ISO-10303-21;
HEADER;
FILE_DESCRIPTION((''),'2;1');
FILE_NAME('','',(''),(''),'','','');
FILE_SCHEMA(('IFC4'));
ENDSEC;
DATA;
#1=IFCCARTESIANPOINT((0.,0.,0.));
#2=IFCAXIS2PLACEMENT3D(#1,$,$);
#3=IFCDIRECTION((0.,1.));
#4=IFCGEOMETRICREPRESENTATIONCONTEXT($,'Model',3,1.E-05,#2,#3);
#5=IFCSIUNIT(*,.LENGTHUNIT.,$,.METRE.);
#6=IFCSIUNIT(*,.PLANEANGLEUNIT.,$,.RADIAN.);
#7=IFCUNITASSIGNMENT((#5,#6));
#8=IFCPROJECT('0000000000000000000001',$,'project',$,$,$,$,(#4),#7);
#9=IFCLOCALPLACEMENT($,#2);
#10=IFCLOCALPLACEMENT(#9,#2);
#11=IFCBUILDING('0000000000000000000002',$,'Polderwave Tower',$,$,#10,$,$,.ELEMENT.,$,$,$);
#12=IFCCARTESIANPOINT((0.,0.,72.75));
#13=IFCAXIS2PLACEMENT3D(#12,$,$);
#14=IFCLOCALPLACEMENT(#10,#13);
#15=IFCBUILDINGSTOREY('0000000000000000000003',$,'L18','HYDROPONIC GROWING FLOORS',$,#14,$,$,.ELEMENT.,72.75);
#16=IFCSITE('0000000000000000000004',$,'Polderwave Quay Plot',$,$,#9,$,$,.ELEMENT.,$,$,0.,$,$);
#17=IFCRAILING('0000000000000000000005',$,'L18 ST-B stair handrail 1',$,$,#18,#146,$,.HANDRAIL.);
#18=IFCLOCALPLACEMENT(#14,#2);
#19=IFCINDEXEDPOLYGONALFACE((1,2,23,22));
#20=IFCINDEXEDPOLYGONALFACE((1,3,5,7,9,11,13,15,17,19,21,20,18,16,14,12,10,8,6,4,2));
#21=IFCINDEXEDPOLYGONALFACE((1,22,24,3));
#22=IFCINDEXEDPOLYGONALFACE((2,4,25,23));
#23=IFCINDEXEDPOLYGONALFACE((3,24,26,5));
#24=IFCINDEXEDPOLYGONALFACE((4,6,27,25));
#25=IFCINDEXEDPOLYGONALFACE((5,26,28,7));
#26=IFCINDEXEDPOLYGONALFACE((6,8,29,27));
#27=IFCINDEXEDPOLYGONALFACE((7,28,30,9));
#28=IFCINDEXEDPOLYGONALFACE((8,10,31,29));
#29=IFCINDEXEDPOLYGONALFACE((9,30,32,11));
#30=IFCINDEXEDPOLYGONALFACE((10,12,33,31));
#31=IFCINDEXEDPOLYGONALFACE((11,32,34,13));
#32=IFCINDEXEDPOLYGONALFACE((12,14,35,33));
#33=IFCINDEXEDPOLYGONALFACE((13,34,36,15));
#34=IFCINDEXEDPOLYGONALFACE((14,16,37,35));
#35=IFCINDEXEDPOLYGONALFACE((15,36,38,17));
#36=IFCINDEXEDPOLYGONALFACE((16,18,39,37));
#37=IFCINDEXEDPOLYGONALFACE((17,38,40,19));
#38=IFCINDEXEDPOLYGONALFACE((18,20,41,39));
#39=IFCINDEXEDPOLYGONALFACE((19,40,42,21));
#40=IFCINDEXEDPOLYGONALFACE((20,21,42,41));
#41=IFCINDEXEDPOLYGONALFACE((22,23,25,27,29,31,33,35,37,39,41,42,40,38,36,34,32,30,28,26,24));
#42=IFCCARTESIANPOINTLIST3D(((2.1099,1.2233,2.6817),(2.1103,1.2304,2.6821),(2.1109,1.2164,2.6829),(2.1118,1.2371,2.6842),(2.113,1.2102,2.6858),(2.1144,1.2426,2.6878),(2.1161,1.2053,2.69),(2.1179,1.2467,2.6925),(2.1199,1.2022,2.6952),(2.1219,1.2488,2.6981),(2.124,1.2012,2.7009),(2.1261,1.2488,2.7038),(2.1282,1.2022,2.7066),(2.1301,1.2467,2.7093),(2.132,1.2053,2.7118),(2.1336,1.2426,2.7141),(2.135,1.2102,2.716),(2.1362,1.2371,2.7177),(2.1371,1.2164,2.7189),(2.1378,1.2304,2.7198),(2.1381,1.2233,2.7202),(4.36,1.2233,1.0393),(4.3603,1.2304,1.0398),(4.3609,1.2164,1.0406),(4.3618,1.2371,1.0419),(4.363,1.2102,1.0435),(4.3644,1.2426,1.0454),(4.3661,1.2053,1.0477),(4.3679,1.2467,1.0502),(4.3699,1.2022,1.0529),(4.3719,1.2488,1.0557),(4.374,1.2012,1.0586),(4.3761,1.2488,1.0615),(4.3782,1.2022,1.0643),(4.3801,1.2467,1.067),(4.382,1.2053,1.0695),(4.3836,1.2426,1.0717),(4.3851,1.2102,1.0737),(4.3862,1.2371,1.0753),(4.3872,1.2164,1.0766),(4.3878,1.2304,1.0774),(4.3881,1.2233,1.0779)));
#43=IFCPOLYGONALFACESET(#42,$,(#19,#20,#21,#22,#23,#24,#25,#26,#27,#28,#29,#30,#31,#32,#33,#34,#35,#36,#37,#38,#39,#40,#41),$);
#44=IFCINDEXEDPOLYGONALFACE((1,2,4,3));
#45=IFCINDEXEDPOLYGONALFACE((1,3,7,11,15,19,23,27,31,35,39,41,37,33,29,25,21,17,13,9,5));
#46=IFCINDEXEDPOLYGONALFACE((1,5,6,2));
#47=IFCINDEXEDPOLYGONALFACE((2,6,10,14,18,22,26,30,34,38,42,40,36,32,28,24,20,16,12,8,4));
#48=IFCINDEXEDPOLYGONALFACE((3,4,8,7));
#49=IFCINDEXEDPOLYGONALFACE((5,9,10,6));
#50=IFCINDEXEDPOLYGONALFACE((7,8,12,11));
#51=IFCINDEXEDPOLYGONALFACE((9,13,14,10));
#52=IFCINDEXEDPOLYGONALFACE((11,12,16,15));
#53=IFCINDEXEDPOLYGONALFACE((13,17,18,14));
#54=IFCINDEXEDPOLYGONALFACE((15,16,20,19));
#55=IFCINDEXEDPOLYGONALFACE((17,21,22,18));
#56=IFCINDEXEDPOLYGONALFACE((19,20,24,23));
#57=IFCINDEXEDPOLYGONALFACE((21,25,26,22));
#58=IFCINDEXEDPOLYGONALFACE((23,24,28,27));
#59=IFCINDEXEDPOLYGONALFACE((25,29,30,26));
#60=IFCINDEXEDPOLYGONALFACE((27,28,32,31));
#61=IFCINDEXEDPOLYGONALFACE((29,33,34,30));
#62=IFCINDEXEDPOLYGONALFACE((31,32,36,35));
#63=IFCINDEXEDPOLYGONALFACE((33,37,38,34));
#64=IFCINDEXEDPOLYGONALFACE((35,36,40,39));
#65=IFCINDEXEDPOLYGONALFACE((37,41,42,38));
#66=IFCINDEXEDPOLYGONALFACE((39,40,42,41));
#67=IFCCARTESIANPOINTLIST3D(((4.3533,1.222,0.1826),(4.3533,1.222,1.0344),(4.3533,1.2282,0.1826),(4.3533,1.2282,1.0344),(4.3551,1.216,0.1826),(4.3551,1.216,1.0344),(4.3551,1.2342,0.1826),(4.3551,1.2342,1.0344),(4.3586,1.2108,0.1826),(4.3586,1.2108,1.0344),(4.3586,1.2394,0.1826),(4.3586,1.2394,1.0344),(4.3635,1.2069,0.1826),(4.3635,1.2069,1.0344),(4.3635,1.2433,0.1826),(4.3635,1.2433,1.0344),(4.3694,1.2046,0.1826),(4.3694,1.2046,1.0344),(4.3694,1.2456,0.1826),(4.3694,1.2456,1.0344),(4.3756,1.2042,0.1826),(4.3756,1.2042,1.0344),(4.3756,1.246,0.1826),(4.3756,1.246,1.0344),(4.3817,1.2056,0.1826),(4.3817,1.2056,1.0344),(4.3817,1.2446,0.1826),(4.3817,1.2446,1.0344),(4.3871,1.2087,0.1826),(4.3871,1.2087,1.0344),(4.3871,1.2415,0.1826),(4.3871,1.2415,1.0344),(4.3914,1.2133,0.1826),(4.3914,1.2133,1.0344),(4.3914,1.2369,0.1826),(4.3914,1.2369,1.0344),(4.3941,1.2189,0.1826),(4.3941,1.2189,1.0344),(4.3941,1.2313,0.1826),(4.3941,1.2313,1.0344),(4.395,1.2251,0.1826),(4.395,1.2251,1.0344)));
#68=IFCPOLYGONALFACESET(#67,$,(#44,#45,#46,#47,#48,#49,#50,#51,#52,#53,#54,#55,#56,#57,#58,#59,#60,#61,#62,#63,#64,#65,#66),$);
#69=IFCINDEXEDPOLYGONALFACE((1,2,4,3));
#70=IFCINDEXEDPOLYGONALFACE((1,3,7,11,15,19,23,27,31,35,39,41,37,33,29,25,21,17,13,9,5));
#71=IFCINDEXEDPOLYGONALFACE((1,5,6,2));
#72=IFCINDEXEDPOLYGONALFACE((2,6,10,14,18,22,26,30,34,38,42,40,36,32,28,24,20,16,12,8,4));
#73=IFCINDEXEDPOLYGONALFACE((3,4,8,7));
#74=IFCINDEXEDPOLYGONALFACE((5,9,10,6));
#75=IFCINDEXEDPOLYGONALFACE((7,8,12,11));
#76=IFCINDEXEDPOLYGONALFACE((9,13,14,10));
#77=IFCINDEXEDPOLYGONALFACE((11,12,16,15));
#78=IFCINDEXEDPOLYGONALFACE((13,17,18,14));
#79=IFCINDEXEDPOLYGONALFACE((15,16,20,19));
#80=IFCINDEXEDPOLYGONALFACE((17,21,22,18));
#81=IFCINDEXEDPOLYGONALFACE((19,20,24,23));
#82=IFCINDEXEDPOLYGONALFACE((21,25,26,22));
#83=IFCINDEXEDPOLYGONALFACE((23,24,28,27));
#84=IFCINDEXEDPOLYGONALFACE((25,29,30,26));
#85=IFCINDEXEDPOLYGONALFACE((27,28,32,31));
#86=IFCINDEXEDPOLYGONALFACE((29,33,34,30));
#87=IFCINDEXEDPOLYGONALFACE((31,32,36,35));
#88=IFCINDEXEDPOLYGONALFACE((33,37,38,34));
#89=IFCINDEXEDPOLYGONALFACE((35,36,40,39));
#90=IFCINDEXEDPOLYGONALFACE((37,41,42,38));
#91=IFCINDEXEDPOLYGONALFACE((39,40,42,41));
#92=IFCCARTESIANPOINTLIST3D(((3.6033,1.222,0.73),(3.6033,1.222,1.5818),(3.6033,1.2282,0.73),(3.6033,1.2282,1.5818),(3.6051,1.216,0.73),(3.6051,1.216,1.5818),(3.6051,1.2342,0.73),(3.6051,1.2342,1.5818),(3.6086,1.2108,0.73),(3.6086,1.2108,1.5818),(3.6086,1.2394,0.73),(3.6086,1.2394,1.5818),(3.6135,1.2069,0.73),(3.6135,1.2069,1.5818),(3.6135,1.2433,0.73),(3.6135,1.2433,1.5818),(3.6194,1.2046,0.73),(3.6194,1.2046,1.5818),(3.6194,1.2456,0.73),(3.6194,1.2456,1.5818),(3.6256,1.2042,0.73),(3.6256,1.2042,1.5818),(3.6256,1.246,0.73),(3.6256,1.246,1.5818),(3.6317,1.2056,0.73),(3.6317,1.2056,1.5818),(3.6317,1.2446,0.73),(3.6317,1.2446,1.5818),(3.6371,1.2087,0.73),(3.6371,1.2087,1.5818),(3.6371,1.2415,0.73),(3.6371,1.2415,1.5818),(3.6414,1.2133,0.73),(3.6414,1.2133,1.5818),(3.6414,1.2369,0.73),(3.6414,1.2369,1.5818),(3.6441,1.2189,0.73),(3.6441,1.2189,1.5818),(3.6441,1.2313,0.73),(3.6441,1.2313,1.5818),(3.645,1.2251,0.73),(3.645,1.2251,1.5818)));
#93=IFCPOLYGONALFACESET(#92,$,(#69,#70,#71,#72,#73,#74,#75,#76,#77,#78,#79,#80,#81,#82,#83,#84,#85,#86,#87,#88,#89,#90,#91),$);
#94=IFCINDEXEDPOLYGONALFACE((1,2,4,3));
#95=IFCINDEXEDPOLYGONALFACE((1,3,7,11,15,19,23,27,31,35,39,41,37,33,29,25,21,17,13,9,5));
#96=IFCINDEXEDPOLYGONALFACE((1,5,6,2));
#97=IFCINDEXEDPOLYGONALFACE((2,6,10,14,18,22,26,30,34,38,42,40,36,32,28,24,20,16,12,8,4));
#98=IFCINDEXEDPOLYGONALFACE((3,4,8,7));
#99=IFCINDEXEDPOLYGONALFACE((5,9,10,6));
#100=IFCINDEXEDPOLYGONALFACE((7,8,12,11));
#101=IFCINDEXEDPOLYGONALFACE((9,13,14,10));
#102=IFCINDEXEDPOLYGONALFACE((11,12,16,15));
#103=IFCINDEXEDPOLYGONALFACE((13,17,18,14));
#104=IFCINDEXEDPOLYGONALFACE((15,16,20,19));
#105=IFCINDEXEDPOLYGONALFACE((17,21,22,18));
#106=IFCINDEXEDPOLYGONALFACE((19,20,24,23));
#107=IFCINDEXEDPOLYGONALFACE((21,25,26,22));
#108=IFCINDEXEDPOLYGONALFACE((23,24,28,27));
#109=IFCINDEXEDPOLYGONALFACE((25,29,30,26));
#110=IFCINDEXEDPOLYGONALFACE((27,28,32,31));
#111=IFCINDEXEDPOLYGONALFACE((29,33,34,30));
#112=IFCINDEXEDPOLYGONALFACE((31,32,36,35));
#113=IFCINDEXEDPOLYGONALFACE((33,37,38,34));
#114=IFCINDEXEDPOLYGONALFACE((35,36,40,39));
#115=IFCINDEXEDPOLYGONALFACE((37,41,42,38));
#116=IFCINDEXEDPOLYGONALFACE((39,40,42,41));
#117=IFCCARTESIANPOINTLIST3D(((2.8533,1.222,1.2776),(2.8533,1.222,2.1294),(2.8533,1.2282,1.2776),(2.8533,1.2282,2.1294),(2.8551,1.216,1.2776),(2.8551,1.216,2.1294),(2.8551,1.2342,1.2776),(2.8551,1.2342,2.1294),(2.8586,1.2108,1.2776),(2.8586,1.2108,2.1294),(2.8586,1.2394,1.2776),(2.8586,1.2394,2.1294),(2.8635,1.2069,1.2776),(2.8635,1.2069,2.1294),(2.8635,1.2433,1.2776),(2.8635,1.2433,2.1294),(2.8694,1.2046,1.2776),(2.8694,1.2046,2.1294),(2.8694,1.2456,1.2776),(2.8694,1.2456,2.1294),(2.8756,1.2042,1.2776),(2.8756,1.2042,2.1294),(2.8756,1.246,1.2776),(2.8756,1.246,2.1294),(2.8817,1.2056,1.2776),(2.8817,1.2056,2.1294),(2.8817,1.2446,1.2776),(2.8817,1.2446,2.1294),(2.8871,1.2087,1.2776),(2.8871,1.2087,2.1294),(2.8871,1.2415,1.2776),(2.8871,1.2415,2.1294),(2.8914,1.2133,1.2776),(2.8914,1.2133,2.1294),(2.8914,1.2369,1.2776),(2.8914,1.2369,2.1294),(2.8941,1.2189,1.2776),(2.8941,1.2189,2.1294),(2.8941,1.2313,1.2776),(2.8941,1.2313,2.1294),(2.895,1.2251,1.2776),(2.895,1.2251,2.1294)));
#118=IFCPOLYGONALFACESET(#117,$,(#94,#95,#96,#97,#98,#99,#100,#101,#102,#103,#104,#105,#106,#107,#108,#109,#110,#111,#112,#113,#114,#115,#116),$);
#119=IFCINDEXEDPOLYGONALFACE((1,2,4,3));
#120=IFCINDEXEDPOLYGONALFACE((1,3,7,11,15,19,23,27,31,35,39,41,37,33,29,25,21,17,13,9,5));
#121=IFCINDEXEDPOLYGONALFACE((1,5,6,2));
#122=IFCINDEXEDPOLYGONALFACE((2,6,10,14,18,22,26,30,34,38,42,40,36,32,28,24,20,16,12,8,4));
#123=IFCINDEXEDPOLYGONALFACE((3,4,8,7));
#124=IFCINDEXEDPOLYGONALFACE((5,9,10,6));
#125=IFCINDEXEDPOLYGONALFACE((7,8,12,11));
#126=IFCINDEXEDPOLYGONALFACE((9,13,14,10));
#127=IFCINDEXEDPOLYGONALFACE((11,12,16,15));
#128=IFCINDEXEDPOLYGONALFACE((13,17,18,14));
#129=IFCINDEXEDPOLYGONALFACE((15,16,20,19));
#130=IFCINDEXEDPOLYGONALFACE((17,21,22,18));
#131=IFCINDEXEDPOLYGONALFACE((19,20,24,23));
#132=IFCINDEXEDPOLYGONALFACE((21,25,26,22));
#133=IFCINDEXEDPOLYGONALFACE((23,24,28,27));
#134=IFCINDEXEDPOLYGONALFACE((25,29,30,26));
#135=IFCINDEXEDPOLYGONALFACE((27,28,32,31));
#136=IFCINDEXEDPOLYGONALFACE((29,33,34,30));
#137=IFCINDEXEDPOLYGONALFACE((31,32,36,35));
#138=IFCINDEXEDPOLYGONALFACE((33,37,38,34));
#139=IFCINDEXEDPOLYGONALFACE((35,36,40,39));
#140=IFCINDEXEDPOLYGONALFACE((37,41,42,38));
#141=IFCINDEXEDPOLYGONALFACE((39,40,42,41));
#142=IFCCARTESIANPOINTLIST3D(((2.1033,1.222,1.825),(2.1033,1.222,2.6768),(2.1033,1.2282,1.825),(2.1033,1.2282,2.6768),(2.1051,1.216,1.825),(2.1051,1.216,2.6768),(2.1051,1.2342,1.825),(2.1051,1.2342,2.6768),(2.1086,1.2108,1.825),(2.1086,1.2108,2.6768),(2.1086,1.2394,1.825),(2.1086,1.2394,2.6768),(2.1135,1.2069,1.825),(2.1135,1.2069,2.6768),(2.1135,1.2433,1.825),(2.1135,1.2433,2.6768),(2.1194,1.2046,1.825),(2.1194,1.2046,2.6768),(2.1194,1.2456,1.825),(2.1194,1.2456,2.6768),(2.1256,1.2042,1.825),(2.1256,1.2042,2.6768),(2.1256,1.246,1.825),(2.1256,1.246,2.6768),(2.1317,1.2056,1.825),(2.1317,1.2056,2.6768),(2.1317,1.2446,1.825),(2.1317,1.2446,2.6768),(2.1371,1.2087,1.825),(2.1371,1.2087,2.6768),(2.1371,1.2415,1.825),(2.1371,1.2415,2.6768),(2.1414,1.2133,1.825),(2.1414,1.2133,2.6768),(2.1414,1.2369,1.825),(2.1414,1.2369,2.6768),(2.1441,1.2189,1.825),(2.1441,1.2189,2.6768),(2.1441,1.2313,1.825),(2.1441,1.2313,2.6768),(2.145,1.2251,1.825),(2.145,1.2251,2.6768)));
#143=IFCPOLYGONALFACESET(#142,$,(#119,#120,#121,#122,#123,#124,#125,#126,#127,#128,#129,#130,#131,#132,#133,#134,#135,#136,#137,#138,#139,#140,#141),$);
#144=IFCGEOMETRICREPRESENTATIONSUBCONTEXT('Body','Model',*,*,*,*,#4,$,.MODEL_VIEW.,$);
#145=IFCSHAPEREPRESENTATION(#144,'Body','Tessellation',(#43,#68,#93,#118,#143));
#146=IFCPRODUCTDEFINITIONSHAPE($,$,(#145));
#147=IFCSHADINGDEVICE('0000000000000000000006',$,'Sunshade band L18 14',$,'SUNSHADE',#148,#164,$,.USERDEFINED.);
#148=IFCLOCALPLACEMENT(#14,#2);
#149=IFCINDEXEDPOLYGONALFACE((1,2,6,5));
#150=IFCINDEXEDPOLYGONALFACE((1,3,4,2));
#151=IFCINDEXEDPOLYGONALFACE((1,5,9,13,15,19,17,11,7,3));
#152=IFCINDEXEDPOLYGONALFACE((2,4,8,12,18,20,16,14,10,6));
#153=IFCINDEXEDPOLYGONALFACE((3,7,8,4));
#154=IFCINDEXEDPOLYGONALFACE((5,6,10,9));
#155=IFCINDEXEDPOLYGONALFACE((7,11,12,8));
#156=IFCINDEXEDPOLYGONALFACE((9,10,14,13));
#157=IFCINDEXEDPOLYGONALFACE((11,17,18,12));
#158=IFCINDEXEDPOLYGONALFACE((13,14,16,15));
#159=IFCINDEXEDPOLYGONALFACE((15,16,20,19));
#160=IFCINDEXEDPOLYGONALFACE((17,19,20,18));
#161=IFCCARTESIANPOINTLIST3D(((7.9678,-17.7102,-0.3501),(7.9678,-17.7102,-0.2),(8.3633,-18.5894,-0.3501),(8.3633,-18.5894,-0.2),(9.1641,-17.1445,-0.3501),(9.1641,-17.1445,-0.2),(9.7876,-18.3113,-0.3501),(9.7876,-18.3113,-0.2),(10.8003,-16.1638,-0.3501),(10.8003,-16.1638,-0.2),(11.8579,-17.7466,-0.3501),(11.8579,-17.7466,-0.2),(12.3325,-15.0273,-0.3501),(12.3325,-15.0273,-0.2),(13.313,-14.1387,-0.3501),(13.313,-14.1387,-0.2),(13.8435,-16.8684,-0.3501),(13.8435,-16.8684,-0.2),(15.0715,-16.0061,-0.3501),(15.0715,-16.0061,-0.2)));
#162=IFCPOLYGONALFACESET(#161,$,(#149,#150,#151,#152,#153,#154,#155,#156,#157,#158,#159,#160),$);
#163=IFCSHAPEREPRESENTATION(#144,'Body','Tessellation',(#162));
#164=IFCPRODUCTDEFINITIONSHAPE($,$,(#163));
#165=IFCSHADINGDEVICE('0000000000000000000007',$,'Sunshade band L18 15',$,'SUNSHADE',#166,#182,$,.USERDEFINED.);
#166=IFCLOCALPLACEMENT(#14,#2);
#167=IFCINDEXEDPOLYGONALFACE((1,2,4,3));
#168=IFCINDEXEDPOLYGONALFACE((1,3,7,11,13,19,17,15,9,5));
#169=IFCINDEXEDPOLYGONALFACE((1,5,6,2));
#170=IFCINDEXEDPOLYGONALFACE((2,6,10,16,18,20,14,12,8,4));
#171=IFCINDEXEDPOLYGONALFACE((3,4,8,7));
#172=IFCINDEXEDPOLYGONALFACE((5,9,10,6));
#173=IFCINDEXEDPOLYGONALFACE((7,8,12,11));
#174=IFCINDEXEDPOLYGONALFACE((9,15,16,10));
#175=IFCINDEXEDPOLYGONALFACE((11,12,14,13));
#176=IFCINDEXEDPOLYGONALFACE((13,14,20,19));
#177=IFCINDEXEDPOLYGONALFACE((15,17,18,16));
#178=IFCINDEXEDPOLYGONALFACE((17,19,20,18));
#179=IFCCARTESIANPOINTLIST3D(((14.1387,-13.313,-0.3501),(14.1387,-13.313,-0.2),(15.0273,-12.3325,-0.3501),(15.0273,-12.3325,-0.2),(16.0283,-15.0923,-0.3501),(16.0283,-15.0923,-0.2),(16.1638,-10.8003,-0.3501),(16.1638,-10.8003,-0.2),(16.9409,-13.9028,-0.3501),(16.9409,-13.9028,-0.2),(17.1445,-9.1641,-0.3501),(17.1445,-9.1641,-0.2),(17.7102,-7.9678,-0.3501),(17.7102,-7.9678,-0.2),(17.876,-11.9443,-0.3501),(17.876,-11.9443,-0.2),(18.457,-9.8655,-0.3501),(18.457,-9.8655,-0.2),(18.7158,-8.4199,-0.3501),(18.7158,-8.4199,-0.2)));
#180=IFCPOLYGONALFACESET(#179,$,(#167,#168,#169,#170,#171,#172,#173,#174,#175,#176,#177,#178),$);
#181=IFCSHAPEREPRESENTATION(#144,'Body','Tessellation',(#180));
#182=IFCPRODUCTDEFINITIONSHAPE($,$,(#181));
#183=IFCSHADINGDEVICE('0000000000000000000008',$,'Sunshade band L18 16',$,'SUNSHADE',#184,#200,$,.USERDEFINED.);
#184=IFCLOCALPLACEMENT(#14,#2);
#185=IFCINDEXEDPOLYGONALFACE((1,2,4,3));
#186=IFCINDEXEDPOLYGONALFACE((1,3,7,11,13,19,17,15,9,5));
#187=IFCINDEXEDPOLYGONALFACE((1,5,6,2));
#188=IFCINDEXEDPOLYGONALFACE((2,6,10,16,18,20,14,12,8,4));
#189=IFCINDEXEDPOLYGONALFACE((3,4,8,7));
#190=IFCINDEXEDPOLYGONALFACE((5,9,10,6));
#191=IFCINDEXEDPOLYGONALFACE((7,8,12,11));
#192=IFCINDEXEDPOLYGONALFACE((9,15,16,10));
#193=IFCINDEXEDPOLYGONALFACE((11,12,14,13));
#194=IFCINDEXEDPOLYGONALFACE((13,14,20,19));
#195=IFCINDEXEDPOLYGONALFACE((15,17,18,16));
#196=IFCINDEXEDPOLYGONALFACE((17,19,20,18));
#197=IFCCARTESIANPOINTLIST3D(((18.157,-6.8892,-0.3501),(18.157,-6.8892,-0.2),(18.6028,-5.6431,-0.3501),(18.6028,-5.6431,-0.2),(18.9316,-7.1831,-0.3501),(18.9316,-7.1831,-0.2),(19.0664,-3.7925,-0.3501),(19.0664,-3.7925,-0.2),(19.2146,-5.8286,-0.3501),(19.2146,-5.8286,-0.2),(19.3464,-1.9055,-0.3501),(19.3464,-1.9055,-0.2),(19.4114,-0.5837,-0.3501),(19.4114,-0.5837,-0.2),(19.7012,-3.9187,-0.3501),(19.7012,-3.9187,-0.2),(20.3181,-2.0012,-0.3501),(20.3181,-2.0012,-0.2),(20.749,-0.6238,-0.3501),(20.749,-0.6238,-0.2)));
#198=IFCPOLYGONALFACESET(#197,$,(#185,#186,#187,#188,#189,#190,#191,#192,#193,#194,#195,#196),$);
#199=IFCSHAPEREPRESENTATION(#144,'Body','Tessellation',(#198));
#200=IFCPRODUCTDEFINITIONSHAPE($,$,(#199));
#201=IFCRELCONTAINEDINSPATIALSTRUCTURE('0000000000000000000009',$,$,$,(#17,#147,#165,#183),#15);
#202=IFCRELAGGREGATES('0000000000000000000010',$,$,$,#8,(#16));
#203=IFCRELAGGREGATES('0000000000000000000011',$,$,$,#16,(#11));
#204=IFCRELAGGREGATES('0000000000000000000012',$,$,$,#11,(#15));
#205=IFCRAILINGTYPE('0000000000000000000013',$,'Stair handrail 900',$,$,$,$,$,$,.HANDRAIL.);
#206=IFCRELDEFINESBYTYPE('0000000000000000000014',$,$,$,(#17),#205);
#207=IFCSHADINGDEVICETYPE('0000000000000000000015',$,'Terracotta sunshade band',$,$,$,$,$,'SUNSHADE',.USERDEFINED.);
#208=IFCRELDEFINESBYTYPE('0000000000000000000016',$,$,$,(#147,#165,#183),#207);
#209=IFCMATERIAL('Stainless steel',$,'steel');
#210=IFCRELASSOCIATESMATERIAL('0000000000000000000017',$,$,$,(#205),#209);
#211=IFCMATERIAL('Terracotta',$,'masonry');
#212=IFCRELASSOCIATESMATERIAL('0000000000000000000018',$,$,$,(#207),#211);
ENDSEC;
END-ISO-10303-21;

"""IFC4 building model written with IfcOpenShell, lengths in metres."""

from ifc_helpers import new_model, si_unit, direction, frame, origin, origin_2d, place, context, subcontext, project, spatial, polyline, circle, outline, extrude, material, type_object, element, save


model = new_model("IFC4")

# Units and contexts
model_context = context("Model", 3, precision=1e-05, world=origin(), true_north=direction((0.0, 1.0)))
body_context = subcontext(model_context, "Body", "Model", "MODEL_VIEW")
ifc_project = project(units=[si_unit("LENGTHUNIT", "METRE"), si_unit("PLANEANGLEUNIT", "RADIAN")], contexts=[model_context])

# Site, building, storey
site_placement = place(None, origin())
site = spatial("IfcSite", under=ifc_project, at=site_placement, Name="Polderwave Quay Plot", CompositionType="ELEMENT", RefElevation=0.0)
building_placement = place(site_placement, origin())
building = spatial("IfcBuilding", under=site, at=building_placement, Name="Polderwave Tower", CompositionType="ELEMENT")
storey_placement = place(building_placement, frame((0.0, 0.0, 72.75)))
storey = spatial("IfcBuildingStorey", under=building, at=storey_placement, Name="L18", Description="HYDROPONIC GROWING FLOORS", CompositionType="ELEMENT", Elevation=72.75)

# Railing
ifc_material_1 = material(Name="Stainless steel", Category="steel")
railing_type_1 = type_object("IfcRailingType", Name="Stair handrail 900", PredefinedType="HANDRAIL", material=ifc_material_1)
railing_1_placement = place(storey_placement, frame((4.374, 1.2251, 0.1826)))
element("IfcRailing", 1, at=railing_1_placement, inside=storey, type_object=railing_type_1, Name="L18 ST-B stair handrail 1", PredefinedType="HANDRAIL", context=body_context, shape_type="SweptSolid", body=[
    extrude(circle(Radius=0.0239, at=origin_2d()), frame((0.0, 0.0, 0.876), z_axis=(-0.807715, 0.0, 0.589573), x_axis=(0.0, -1.0, 0.0)), (0.0, 0.0, 1.0), 2.7856),
    extrude(circle(Radius=0.021, at=origin_2d()), origin(), (0.0, 0.0, 1.0), 0.8518),
    extrude(circle(Radius=0.021, at=origin_2d()), frame((-0.75, 0.0, 0.5474)), (0.0, 0.0, 1.0), 0.8518),
    extrude(circle(Radius=0.021, at=origin_2d()), frame((-1.5, 0.0, 1.095)), (0.0, 0.0, 1.0), 0.8518),
    extrude(circle(Radius=0.021, at=origin_2d()), frame((-2.25, 0.0, 1.6423)), (0.0, 0.0, 1.0), 0.8518),
])

# Shading devices
ifc_material_2 = material(Name="Terracotta", Category="masonry")
shading_device_type = type_object("IfcShadingDeviceType", Name="Terracotta sunshade band", ElementType="SUNSHADE", PredefinedType="USERDEFINED", material=ifc_material_2)
shading_device_1_placement = place(storey_placement, frame((0.0, 0.0, -0.3501)))
element("IfcShadingDevice", 2, at=shading_device_1_placement, inside=storey, type_object=shading_device_type, Name="Sunshade band L18 14", ObjectType="SUNSHADE", PredefinedType="USERDEFINED", context=body_context, shape_type="SweptSolid", body=[
    extrude(outline(polyline([(7.9678, -17.7102), (9.1641, -17.1445), (10.8003, -16.1638), (12.3325, -15.0273), (13.313, -14.1387), (15.0715, -16.0061), (13.8435, -16.8684), (11.8579, -17.7466), (9.7876, -18.3113), (8.3633, -18.5894), (7.9678, -17.7102)])), origin(), (0.0, 0.0, 1.0), 0.1501),
])
shading_device_2_placement = place(storey_placement, frame((0.0, 0.0, -0.3501)))
element("IfcShadingDevice", 3, at=shading_device_2_placement, inside=storey, type_object=shading_device_type, Name="Sunshade band L18 15", ObjectType="SUNSHADE", PredefinedType="USERDEFINED", context=body_context, shape_type="SweptSolid", body=[
    extrude(outline(polyline([(14.1387, -13.313), (15.0273, -12.3325), (16.1638, -10.8003), (17.1445, -9.1641), (17.7102, -7.9678), (18.7158, -8.4199), (18.457, -9.8655), (17.876, -11.9443), (16.9409, -13.9028), (16.0283, -15.0923), (14.1387, -13.313)])), origin(), (0.0, 0.0, 1.0), 0.1501),
])
shading_device_3_placement = place(storey_placement, frame((0.0, 0.0, -0.3501)))
element("IfcShadingDevice", 4, at=shading_device_3_placement, inside=storey, type_object=shading_device_type, Name="Sunshade band L18 16", ObjectType="SUNSHADE", PredefinedType="USERDEFINED", context=body_context, shape_type="SweptSolid", body=[
    extrude(outline(polyline([(18.157, -6.8892), (18.6028, -5.6431), (19.0664, -3.7925), (19.3464, -1.9055), (19.4114, -0.5837), (20.749, -0.6238), (20.3181, -2.0012), (19.7012, -3.9187), (19.2146, -5.8286), (18.9316, -7.1831), (18.157, -6.8892)])), origin(), (0.0, 0.0, 1.0), 0.1501),
])

save(model, "model.ifc")
